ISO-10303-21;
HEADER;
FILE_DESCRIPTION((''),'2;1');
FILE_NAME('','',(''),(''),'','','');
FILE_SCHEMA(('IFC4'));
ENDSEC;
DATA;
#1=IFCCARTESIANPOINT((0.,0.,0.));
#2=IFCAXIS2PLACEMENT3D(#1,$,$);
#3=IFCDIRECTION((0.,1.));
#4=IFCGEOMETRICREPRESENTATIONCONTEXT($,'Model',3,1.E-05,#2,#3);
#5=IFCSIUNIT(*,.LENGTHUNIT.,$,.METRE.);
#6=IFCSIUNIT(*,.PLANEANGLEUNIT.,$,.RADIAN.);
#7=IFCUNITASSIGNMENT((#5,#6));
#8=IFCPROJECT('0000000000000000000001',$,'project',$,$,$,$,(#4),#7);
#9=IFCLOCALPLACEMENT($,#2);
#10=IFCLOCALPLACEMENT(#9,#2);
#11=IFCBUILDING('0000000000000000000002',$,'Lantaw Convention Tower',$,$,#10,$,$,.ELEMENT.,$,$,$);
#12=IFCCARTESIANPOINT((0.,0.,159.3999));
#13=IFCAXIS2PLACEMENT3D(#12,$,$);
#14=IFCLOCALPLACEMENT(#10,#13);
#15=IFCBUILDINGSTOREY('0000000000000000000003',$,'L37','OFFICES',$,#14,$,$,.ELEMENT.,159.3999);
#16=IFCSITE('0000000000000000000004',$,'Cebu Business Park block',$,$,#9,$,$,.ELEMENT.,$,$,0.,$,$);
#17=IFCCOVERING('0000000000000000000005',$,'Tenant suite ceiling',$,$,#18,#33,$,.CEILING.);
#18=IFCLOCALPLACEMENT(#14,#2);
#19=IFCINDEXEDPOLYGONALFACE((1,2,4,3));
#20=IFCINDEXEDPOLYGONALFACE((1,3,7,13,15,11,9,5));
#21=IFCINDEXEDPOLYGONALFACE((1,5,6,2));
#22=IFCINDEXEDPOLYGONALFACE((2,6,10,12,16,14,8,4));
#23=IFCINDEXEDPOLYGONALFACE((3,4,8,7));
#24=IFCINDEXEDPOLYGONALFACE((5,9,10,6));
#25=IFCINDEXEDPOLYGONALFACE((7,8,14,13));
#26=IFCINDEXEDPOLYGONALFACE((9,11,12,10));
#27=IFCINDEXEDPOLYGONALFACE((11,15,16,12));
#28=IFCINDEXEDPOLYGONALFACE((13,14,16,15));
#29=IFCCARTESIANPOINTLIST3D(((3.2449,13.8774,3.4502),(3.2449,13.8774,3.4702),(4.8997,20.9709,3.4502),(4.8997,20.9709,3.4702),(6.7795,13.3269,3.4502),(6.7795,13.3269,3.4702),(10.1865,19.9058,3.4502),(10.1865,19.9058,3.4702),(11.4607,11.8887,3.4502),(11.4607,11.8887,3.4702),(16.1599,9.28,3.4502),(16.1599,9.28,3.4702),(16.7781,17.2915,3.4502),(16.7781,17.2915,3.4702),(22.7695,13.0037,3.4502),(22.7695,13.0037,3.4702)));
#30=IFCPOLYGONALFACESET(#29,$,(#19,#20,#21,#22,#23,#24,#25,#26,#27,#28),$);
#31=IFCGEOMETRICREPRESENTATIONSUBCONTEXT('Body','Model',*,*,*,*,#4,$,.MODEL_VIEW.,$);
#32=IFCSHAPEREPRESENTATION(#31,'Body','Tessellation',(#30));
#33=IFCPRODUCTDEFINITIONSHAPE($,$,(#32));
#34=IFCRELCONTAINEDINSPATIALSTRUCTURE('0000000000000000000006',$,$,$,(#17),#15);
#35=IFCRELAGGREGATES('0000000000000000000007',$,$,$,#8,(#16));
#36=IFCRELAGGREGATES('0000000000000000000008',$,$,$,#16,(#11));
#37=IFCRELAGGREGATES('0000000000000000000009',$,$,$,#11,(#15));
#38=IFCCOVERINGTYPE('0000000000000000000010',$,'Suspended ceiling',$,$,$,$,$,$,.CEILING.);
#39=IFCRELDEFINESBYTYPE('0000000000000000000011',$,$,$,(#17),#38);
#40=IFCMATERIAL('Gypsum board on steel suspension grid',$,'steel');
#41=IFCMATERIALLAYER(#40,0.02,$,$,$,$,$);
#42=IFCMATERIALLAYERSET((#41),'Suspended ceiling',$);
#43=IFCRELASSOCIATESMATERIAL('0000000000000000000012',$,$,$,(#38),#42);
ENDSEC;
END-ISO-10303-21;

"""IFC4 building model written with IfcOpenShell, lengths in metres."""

from ifc_helpers import new_model, si_unit, direction, frame, origin, place, context, subcontext, project, spatial, polyline, outline, extrude, material, layer, layer_set, type_object, element, save


model = new_model("IFC4")

# Units and contexts
model_context = context("Model", 3, precision=1e-05, world=origin(), true_north=direction((0.0, 1.0)))
body_context = subcontext(model_context, "Body", "Model", "MODEL_VIEW")
ifc_project = project(units=[si_unit("LENGTHUNIT", "METRE"), si_unit("PLANEANGLEUNIT", "RADIAN")], contexts=[model_context])

# Site, building, storey
site_placement = place(None, origin())
site = spatial("IfcSite", under=ifc_project, at=site_placement, Name="Cebu Business Park block", CompositionType="ELEMENT", RefElevation=0.0)
building_placement = place(site_placement, origin())
building = spatial("IfcBuilding", under=site, at=building_placement, Name="Lantaw Convention Tower", CompositionType="ELEMENT")
storey_placement = place(building_placement, frame((0.0, 0.0, 159.3999)))
storey = spatial("IfcBuildingStorey", under=building, at=storey_placement, Name="L37", Description="OFFICES", CompositionType="ELEMENT", Elevation=159.3999)

# Covering
ifc_material_1 = material(Name="Gypsum board on steel suspension grid", Category="steel")
ifc_layer_1 = layer(ifc_material_1, 0.02)
ifc_layer_set_1 = layer_set([ifc_layer_1], Name="Suspended ceiling")
covering_type = type_object("IfcCoveringType", Name="Suspended ceiling", PredefinedType="CEILING", material=ifc_layer_set_1)
covering_1_placement = place(storey_placement, frame((0.0, 0.0, 3.4502)))
element("IfcCovering", 1, at=covering_1_placement, inside=storey, type_object=covering_type, Name="Tenant suite ceiling", PredefinedType="CEILING", context=body_context, shape_type="SweptSolid", body=[
    extrude(outline(polyline([(16.1599, 9.28), (22.7695, 13.0037), (16.7781, 17.2915), (10.1865, 19.9058), (4.8997, 20.9709), (3.2449, 13.8774), (6.7795, 13.3269), (11.4607, 11.8887), (16.1599, 9.28)])), origin(), (0.0, 0.0, 1.0), 0.02),
])

save(model, "model.ifc")
